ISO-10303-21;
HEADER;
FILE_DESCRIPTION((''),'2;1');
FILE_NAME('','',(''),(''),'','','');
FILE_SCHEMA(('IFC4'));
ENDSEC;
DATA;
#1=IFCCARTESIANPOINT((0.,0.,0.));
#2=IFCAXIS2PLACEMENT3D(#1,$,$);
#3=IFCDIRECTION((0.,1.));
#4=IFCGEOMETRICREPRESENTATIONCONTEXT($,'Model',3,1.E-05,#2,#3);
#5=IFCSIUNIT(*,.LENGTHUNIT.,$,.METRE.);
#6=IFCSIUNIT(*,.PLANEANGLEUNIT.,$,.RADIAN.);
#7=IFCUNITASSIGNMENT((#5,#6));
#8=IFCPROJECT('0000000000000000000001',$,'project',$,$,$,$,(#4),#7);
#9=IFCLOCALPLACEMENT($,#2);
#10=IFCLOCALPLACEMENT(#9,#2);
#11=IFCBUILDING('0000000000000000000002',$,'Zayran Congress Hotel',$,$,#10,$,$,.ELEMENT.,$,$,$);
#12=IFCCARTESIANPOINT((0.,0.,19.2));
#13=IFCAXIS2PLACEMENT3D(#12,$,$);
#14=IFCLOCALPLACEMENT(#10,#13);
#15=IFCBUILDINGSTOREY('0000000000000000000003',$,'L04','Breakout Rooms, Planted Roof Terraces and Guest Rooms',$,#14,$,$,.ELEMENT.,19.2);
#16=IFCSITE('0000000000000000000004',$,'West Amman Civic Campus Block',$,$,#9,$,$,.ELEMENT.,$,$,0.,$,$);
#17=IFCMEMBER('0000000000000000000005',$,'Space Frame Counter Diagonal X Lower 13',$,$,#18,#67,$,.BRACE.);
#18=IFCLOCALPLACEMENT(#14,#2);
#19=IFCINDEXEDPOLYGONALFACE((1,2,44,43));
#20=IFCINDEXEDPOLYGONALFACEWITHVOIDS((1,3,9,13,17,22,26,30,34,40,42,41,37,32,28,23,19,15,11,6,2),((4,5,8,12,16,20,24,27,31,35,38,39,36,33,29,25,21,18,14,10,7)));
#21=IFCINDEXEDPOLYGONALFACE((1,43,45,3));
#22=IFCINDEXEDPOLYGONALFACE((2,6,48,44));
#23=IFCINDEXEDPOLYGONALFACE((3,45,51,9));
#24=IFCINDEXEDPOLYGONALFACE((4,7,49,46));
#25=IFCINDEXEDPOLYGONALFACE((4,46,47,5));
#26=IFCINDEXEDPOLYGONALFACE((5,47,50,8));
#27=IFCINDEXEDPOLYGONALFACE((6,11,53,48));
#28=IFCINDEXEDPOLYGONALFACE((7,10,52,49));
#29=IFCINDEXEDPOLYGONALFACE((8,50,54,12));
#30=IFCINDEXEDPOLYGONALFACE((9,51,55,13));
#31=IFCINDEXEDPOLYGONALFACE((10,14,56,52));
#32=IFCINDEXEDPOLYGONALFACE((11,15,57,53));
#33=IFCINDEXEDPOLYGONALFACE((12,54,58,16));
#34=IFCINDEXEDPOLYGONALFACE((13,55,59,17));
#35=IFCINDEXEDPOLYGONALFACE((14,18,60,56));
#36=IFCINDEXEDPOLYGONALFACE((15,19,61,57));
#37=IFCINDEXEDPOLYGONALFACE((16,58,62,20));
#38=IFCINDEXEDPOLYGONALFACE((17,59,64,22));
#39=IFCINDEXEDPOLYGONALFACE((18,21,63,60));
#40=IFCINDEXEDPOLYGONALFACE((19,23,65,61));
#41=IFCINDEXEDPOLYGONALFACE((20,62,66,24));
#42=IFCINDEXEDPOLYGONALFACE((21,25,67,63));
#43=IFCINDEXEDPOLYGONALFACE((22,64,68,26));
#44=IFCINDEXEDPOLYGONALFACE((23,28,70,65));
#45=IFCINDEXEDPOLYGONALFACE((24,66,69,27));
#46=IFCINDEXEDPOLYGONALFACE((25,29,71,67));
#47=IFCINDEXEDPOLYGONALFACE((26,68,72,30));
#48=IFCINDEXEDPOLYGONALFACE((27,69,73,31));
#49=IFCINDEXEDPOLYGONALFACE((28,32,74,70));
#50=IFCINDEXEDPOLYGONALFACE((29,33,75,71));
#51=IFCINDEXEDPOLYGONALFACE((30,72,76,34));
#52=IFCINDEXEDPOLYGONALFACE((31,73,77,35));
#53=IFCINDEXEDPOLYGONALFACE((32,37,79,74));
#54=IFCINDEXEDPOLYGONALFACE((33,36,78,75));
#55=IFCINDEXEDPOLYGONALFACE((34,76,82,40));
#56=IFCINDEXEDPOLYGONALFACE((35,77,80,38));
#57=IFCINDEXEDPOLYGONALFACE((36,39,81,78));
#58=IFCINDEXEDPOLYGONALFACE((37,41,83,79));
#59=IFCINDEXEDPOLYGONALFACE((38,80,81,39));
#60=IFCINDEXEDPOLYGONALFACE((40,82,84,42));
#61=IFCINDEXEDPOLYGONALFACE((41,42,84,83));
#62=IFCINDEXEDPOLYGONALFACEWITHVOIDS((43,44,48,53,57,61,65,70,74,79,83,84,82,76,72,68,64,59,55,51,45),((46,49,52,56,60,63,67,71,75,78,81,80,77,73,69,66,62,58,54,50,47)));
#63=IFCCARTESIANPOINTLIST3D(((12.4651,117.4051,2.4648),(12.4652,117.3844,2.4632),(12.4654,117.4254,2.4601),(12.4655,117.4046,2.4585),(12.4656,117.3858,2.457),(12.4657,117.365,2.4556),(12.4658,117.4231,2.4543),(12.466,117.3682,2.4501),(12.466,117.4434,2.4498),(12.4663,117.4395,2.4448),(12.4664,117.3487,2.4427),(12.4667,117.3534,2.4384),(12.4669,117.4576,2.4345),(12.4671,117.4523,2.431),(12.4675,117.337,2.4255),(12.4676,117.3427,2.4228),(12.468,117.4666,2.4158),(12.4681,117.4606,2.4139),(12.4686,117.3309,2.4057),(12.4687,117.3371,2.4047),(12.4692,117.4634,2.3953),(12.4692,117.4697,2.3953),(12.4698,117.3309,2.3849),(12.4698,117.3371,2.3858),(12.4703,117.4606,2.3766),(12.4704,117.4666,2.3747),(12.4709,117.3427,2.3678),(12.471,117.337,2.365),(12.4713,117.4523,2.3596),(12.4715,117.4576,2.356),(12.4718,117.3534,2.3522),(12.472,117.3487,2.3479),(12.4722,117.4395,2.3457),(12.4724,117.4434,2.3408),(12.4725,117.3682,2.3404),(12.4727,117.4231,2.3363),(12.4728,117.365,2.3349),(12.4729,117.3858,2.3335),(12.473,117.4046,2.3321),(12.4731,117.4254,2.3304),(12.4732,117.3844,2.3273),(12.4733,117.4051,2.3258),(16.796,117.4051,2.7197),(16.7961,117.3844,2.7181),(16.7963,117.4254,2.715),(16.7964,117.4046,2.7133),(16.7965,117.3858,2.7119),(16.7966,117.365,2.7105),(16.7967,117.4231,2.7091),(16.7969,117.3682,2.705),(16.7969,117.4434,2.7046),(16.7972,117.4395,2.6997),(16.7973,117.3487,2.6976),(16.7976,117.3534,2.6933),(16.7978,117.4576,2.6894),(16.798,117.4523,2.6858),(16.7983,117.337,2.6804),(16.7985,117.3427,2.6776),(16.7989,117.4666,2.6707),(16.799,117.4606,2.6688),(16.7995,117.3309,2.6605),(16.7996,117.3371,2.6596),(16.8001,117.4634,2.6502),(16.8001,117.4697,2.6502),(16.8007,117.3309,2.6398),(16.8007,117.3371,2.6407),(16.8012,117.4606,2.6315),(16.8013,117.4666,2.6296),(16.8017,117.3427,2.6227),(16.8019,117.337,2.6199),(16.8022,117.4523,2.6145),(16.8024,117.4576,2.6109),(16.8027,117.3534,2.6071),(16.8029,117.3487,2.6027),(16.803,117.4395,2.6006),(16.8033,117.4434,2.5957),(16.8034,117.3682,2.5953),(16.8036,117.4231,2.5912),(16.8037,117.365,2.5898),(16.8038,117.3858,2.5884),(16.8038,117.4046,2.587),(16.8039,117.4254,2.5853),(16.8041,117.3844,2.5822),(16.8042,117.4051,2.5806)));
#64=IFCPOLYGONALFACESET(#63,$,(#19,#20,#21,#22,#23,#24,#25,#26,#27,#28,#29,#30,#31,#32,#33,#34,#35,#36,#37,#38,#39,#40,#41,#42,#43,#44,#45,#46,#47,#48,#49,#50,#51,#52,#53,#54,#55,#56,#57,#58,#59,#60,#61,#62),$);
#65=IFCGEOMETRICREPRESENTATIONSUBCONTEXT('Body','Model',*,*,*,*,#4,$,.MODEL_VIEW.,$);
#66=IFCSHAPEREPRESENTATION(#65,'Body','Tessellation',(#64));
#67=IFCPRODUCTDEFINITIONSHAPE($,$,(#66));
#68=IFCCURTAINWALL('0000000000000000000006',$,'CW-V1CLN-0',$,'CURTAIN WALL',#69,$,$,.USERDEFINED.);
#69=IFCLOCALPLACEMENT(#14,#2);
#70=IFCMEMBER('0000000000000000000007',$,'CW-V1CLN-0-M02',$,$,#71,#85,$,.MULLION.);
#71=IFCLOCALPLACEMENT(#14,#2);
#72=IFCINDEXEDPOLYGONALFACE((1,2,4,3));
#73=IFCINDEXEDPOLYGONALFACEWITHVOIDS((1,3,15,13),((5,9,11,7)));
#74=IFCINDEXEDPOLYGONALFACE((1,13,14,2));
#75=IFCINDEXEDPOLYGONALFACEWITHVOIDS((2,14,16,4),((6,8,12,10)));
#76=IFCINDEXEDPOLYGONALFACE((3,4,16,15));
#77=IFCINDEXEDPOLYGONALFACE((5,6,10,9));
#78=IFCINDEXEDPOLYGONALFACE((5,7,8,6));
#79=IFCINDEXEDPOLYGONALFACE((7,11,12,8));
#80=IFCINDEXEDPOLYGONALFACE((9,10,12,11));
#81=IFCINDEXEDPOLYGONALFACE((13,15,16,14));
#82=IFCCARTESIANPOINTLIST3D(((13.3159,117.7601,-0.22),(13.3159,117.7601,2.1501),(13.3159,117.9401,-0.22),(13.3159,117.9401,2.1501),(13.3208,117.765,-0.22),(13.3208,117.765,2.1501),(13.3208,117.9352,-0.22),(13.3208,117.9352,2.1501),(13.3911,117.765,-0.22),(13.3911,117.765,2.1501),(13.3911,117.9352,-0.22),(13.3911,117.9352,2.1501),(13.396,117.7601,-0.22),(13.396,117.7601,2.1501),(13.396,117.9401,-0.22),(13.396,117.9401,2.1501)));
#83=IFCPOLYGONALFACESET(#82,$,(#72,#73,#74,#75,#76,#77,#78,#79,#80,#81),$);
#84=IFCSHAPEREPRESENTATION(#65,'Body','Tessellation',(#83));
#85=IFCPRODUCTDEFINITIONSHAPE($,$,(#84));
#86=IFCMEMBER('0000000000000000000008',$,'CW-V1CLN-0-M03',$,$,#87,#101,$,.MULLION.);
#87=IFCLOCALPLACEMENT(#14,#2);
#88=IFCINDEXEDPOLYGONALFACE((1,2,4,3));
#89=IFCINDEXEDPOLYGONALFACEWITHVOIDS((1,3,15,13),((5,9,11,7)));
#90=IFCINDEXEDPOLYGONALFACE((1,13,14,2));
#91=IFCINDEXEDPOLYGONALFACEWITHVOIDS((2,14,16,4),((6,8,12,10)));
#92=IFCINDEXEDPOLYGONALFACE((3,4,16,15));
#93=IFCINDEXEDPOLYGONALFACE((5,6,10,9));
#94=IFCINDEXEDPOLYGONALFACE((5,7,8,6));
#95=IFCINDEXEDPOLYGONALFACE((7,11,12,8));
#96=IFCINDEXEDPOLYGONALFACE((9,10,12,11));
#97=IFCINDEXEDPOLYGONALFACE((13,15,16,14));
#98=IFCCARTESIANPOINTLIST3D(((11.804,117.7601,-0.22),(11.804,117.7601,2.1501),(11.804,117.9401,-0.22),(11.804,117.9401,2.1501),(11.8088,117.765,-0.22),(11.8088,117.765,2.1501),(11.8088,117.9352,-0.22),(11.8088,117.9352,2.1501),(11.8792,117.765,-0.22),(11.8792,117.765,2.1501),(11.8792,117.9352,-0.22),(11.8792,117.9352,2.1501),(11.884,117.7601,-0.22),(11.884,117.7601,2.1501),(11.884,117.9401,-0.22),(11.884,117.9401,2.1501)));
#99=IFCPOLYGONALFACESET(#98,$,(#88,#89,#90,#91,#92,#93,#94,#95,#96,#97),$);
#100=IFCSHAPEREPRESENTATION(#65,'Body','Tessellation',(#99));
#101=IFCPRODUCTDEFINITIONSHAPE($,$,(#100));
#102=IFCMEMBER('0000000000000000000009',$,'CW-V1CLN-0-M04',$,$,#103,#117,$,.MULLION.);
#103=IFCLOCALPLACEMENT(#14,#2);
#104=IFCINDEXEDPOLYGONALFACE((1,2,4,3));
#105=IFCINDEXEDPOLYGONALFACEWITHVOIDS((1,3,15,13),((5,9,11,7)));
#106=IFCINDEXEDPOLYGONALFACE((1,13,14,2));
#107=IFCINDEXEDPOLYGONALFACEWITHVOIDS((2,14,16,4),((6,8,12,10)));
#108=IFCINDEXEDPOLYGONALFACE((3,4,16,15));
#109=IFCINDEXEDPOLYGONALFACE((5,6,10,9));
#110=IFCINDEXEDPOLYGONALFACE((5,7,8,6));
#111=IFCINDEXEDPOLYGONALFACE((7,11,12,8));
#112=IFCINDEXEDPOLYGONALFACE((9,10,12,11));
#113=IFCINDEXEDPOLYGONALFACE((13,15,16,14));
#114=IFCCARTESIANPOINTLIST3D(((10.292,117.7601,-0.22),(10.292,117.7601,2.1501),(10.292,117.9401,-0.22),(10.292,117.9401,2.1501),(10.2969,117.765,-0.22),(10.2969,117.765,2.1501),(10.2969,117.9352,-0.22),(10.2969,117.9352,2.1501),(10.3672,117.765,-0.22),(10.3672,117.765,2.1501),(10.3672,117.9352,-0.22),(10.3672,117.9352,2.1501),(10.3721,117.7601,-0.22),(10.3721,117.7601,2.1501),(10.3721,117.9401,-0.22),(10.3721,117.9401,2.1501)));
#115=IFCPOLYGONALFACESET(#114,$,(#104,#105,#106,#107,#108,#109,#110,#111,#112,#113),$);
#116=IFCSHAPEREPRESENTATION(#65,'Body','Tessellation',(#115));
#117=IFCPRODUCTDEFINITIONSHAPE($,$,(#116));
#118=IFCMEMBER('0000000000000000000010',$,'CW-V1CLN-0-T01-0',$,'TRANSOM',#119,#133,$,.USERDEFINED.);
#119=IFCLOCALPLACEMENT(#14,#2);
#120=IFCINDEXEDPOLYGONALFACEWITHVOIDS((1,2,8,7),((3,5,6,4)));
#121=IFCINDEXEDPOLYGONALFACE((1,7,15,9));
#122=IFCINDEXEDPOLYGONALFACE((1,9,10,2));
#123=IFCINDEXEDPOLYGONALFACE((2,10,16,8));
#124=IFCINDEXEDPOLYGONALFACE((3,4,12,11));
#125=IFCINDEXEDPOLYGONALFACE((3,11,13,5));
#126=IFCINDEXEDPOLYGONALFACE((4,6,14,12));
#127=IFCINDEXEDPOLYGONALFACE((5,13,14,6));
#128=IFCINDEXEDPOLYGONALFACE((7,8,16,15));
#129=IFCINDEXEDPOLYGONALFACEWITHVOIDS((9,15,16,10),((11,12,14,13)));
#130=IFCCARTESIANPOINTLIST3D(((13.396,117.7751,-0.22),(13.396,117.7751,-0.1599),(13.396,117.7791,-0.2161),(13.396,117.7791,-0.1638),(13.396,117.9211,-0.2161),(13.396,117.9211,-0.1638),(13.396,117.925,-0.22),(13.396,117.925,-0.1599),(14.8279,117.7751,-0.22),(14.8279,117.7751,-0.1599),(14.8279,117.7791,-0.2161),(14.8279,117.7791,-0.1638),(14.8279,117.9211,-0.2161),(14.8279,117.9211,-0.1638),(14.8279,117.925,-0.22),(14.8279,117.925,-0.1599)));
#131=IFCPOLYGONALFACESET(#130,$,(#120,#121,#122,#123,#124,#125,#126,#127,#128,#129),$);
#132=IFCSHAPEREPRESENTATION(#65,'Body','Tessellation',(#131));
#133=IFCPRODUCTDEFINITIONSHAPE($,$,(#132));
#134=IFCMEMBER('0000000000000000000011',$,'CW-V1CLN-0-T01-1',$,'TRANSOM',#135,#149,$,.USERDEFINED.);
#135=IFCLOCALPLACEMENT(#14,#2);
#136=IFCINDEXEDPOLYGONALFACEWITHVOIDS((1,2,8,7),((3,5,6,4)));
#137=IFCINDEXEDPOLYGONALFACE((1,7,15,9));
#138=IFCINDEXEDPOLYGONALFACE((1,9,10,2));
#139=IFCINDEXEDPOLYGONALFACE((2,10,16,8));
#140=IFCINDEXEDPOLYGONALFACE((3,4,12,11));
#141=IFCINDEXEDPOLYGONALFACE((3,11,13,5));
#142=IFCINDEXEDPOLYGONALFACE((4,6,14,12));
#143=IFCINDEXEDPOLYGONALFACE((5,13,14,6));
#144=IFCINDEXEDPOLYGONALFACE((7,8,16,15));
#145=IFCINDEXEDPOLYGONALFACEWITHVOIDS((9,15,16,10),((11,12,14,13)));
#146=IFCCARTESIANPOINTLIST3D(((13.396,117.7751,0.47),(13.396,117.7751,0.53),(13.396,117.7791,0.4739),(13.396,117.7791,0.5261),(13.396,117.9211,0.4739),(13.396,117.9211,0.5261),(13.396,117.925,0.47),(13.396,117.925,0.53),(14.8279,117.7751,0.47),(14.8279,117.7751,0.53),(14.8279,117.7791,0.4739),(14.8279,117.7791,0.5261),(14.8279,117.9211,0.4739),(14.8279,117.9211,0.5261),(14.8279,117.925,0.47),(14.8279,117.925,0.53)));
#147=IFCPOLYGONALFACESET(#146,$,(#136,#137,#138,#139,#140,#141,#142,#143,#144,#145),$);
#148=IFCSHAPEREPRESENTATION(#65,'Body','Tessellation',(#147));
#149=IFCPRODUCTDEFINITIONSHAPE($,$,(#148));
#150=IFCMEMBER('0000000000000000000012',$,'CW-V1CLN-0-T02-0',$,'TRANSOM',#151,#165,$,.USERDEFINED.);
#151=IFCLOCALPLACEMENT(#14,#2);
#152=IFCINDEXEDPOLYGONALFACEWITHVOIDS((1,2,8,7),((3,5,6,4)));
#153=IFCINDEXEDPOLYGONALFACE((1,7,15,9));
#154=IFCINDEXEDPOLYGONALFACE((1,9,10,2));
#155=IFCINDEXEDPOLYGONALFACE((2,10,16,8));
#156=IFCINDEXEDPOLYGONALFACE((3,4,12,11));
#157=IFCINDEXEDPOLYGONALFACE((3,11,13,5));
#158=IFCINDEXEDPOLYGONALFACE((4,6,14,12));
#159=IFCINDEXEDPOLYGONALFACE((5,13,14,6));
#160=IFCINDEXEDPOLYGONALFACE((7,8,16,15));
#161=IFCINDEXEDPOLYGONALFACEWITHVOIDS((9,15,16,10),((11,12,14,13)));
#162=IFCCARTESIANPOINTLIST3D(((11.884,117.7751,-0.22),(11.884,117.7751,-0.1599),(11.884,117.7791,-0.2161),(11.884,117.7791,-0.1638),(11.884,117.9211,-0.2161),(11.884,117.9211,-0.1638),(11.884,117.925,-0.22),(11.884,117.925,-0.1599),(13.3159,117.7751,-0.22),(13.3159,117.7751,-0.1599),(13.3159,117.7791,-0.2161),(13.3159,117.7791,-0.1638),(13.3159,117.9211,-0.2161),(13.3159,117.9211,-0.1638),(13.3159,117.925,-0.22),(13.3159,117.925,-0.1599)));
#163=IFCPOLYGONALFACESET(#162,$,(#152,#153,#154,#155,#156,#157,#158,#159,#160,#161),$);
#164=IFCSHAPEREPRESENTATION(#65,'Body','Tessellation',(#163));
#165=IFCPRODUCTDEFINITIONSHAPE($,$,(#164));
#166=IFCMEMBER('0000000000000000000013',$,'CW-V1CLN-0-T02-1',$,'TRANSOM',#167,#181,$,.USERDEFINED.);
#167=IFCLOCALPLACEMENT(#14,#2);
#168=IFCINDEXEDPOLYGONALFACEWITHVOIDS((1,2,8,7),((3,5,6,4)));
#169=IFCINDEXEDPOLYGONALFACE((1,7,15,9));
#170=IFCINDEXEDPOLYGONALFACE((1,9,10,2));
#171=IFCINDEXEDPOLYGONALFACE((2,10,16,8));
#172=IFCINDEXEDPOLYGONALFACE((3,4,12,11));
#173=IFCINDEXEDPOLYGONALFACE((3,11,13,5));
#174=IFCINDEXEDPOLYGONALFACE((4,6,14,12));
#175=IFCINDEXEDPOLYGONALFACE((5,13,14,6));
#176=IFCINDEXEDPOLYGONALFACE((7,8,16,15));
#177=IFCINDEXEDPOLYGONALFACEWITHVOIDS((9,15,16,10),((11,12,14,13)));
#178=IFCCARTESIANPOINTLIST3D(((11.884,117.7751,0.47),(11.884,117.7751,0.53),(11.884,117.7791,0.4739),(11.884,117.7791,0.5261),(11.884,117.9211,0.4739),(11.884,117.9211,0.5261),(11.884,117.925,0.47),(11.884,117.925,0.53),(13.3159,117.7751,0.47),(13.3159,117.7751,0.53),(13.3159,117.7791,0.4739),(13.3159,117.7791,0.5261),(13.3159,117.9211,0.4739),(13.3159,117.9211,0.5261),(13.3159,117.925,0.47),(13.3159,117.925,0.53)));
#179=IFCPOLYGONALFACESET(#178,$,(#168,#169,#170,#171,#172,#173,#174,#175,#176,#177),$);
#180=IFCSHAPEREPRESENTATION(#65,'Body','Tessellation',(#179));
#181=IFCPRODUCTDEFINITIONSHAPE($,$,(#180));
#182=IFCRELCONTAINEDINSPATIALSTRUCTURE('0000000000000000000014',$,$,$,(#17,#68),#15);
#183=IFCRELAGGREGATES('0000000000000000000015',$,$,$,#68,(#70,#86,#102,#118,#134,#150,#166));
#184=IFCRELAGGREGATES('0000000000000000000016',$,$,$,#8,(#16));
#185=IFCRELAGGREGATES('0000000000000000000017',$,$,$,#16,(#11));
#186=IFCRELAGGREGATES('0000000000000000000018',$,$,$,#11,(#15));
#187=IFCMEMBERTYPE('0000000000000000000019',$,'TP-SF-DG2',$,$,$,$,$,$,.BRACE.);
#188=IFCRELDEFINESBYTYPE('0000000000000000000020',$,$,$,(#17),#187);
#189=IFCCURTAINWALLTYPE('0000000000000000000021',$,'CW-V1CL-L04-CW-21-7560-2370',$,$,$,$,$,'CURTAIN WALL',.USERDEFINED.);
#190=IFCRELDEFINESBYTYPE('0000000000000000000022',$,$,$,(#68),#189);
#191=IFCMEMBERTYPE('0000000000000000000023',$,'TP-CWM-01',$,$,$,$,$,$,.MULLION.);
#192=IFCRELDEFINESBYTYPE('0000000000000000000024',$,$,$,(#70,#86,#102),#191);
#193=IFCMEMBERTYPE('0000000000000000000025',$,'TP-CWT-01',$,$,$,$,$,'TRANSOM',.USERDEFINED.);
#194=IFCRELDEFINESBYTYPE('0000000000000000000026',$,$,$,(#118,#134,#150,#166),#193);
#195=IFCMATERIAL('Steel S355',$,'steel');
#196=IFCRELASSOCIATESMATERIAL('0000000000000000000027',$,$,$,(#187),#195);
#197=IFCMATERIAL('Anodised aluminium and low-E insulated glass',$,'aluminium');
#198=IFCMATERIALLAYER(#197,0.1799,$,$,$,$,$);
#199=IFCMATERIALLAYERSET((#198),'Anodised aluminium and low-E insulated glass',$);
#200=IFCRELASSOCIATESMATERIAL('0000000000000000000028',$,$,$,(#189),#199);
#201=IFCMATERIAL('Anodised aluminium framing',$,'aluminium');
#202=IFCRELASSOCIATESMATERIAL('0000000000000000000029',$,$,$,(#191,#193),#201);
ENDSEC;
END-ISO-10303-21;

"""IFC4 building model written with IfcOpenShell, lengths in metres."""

from ifc_helpers import new_model, si_unit, direction, frame, origin, origin_2d, place, context, subcontext, project, spatial, hollow_rectangle, hollow_circle, extrude, material, layer, layer_set, material_profile, profile_set, type_object, element, aggregate, save


model = new_model("IFC4")

# Units and contexts
model_context = context("Model", 3, precision=1e-05, world=origin(), true_north=direction((0.0, 1.0)))
body_context = subcontext(model_context, "Body", "Model", "MODEL_VIEW")
ifc_project = project(units=[si_unit("LENGTHUNIT", "METRE"), si_unit("PLANEANGLEUNIT", "RADIAN")], contexts=[model_context])

# Site, building, storey
site_placement = place(None, origin())
site = spatial("IfcSite", under=ifc_project, at=site_placement, Name="West Amman Civic Campus Block", CompositionType="ELEMENT", RefElevation=0.0)
building_placement = place(site_placement, origin())
building = spatial("IfcBuilding", under=site, at=building_placement, Name="Zayran Congress Hotel", CompositionType="ELEMENT")
storey_placement = place(building_placement, frame((0.0, 0.0, 19.2)))
storey = spatial("IfcBuildingStorey", under=building, at=storey_placement, Name="L04", Description="Breakout Rooms, Planted Roof Terraces and Guest Rooms", CompositionType="ELEMENT", Elevation=19.2)

# Member
ifc_material_1 = material(Name="Steel S355", Category="steel")
ifc_material_profile_1 = material_profile(ifc_material_1, hollow_circle(Radius=0.0698, WallThickness=0.0063, at=origin_2d()), Name="CHS 139.7x6.3")
ifc_profile_set_1 = profile_set([ifc_material_profile_1], Name="Steel S355")
member_type_1 = type_object("IfcMemberType", Name="TP-SF-DG2", PredefinedType="BRACE", material=ifc_profile_set_1)
member_1_placement = place(storey_placement, frame((12.4692, 117.3999, 2.3953), z_axis=(0.998273, 0.0, 0.058752), x_axis=(0.0, 1.0, 0.0)))
element("IfcMember", 1, at=member_1_placement, inside=storey, type_object=member_type_1, Name="Space Frame Counter Diagonal X Lower 13", PredefinedType="BRACE", context=body_context, shape_type="SweptSolid", body=[
    extrude(hollow_circle(Radius=0.0698, WallThickness=0.0063, at=origin_2d()), origin(), (0.0, 0.0, 1.0), 4.3384),
])

# Curtain wall, members
ifc_material_2 = material(Name="Anodised aluminium and low-E insulated glass", Category="aluminium")
ifc_layer_1 = layer(ifc_material_2, 0.1799)
ifc_layer_set_1 = layer_set([ifc_layer_1], Name="Anodised aluminium and low-E insulated glass")
curtain_wall_type = type_object("IfcCurtainWallType", Name="CW-V1CL-L04-CW-21-7560-2370", ElementType="CURTAIN WALL", PredefinedType="USERDEFINED", material=ifc_layer_set_1)
curtain_wall_placement = place(storey_placement, origin())
curtain_wall = element("IfcCurtainWall", 2, at=curtain_wall_placement, inside=storey, type_object=curtain_wall_type, Name="CW-V1CLN-0", ObjectType="CURTAIN WALL", PredefinedType="USERDEFINED")
ifc_material_3 = material(Name="Anodised aluminium framing", Category="aluminium")
ifc_material_profile_2 = material_profile(ifc_material_3, hollow_rectangle(XDim=0.0801, YDim=0.1799, WallThickness=0.0049, at=origin_2d()), Name="RHS 180x80x5")
ifc_profile_set_2 = profile_set([ifc_material_profile_2], Name="Anodised aluminium framing")
member_type_2 = type_object("IfcMemberType", Name="TP-CWM-01", PredefinedType="MULLION", material=ifc_profile_set_2)
member_2_placement = place(storey_placement, frame((13.356, 117.8501, -0.22), z_axis=(0.0, 0.0, 1.0), x_axis=(1.0, 0.0, 0.0)))
member_2 = element("IfcMember", 3, at=member_2_placement, type_object=member_type_2, Name="CW-V1CLN-0-M02", PredefinedType="MULLION", context=body_context, shape_type="SweptSolid", body=[
    extrude(hollow_rectangle(XDim=0.0801, YDim=0.1799, WallThickness=0.0049, at=origin_2d()), origin(), (0.0, 0.0, 1.0), 2.3701),
])
member_3_placement = place(storey_placement, frame((11.844, 117.8501, -0.22), z_axis=(0.0, 0.0, 1.0), x_axis=(1.0, 0.0, 0.0)))
member_3 = element("IfcMember", 4, at=member_3_placement, type_object=member_type_2, Name="CW-V1CLN-0-M03", PredefinedType="MULLION", context=body_context, shape_type="SweptSolid", body=[
    extrude(hollow_rectangle(XDim=0.0801, YDim=0.1799, WallThickness=0.0049, at=origin_2d()), origin(), (0.0, 0.0, 1.0), 2.3701),
])
member_4_placement = place(storey_placement, frame((10.332, 117.8501, -0.22), z_axis=(0.0, 0.0, 1.0), x_axis=(1.0, 0.0, 0.0)))
member_4 = element("IfcMember", 5, at=member_4_placement, type_object=member_type_2, Name="CW-V1CLN-0-M04", PredefinedType="MULLION", context=body_context, shape_type="SweptSolid", body=[
    extrude(hollow_rectangle(XDim=0.0801, YDim=0.1799, WallThickness=0.0049, at=origin_2d()), origin(), (0.0, 0.0, 1.0), 2.3701),
])
ifc_material_profile_3 = material_profile(ifc_material_3, hollow_rectangle(XDim=0.0601, YDim=0.1499, WallThickness=0.0039, at=origin_2d()), Name="RHS 150x60x4")
ifc_profile_set_3 = profile_set([ifc_material_profile_3], Name="Anodised aluminium framing")
member_type_3 = type_object("IfcMemberType", Name="TP-CWT-01", ElementType="TRANSOM", PredefinedType="USERDEFINED", material=ifc_profile_set_3)
member_5_placement = place(storey_placement, frame((14.8279, 117.8501, -0.1899), z_axis=(-1.0, 0.0, 0.0), x_axis=(0.0, 0.0, 1.0)))
member_5 = element("IfcMember", 6, at=member_5_placement, type_object=member_type_3, Name="CW-V1CLN-0-T01-0", ObjectType="TRANSOM", PredefinedType="USERDEFINED", context=body_context, shape_type="SweptSolid", body=[
    extrude(hollow_rectangle(XDim=0.0601, YDim=0.1499, WallThickness=0.0039, at=origin_2d()), origin(), (0.0, 0.0, 1.0), 1.4319),
])
member_6_placement = place(storey_placement, frame((14.8279, 117.8501, 0.5), z_axis=(-1.0, 0.0, 0.0), x_axis=(0.0, 0.0, 1.0)))
member_6 = element("IfcMember", 7, at=member_6_placement, type_object=member_type_3, Name="CW-V1CLN-0-T01-1", ObjectType="TRANSOM", PredefinedType="USERDEFINED", context=body_context, shape_type="SweptSolid", body=[
    extrude(hollow_rectangle(XDim=0.0601, YDim=0.1499, WallThickness=0.0039, at=origin_2d()), origin(), (0.0, 0.0, 1.0), 1.4319),
])
member_7_placement = place(storey_placement, frame((13.3159, 117.8501, -0.1899), z_axis=(-1.0, 0.0, 0.0), x_axis=(0.0, 0.0, 1.0)))
member_7 = element("IfcMember", 8, at=member_7_placement, type_object=member_type_3, Name="CW-V1CLN-0-T02-0", ObjectType="TRANSOM", PredefinedType="USERDEFINED", context=body_context, shape_type="SweptSolid", body=[
    extrude(hollow_rectangle(XDim=0.0601, YDim=0.1499, WallThickness=0.0039, at=origin_2d()), origin(), (0.0, 0.0, 1.0), 1.4319),
])
member_8_placement = place(storey_placement, frame((13.3159, 117.8501, 0.5), z_axis=(-1.0, 0.0, 0.0), x_axis=(0.0, 0.0, 1.0)))
member_8 = element("IfcMember", 9, at=member_8_placement, type_object=member_type_3, Name="CW-V1CLN-0-T02-1", ObjectType="TRANSOM", PredefinedType="USERDEFINED", context=body_context, shape_type="SweptSolid", body=[
    extrude(hollow_rectangle(XDim=0.0601, YDim=0.1499, WallThickness=0.0039, at=origin_2d()), origin(), (0.0, 0.0, 1.0), 1.4319),
])

aggregate(curtain_wall, [member_2, member_3, member_4, member_5, member_6, member_7, member_8])

save(model, "model.ifc")
